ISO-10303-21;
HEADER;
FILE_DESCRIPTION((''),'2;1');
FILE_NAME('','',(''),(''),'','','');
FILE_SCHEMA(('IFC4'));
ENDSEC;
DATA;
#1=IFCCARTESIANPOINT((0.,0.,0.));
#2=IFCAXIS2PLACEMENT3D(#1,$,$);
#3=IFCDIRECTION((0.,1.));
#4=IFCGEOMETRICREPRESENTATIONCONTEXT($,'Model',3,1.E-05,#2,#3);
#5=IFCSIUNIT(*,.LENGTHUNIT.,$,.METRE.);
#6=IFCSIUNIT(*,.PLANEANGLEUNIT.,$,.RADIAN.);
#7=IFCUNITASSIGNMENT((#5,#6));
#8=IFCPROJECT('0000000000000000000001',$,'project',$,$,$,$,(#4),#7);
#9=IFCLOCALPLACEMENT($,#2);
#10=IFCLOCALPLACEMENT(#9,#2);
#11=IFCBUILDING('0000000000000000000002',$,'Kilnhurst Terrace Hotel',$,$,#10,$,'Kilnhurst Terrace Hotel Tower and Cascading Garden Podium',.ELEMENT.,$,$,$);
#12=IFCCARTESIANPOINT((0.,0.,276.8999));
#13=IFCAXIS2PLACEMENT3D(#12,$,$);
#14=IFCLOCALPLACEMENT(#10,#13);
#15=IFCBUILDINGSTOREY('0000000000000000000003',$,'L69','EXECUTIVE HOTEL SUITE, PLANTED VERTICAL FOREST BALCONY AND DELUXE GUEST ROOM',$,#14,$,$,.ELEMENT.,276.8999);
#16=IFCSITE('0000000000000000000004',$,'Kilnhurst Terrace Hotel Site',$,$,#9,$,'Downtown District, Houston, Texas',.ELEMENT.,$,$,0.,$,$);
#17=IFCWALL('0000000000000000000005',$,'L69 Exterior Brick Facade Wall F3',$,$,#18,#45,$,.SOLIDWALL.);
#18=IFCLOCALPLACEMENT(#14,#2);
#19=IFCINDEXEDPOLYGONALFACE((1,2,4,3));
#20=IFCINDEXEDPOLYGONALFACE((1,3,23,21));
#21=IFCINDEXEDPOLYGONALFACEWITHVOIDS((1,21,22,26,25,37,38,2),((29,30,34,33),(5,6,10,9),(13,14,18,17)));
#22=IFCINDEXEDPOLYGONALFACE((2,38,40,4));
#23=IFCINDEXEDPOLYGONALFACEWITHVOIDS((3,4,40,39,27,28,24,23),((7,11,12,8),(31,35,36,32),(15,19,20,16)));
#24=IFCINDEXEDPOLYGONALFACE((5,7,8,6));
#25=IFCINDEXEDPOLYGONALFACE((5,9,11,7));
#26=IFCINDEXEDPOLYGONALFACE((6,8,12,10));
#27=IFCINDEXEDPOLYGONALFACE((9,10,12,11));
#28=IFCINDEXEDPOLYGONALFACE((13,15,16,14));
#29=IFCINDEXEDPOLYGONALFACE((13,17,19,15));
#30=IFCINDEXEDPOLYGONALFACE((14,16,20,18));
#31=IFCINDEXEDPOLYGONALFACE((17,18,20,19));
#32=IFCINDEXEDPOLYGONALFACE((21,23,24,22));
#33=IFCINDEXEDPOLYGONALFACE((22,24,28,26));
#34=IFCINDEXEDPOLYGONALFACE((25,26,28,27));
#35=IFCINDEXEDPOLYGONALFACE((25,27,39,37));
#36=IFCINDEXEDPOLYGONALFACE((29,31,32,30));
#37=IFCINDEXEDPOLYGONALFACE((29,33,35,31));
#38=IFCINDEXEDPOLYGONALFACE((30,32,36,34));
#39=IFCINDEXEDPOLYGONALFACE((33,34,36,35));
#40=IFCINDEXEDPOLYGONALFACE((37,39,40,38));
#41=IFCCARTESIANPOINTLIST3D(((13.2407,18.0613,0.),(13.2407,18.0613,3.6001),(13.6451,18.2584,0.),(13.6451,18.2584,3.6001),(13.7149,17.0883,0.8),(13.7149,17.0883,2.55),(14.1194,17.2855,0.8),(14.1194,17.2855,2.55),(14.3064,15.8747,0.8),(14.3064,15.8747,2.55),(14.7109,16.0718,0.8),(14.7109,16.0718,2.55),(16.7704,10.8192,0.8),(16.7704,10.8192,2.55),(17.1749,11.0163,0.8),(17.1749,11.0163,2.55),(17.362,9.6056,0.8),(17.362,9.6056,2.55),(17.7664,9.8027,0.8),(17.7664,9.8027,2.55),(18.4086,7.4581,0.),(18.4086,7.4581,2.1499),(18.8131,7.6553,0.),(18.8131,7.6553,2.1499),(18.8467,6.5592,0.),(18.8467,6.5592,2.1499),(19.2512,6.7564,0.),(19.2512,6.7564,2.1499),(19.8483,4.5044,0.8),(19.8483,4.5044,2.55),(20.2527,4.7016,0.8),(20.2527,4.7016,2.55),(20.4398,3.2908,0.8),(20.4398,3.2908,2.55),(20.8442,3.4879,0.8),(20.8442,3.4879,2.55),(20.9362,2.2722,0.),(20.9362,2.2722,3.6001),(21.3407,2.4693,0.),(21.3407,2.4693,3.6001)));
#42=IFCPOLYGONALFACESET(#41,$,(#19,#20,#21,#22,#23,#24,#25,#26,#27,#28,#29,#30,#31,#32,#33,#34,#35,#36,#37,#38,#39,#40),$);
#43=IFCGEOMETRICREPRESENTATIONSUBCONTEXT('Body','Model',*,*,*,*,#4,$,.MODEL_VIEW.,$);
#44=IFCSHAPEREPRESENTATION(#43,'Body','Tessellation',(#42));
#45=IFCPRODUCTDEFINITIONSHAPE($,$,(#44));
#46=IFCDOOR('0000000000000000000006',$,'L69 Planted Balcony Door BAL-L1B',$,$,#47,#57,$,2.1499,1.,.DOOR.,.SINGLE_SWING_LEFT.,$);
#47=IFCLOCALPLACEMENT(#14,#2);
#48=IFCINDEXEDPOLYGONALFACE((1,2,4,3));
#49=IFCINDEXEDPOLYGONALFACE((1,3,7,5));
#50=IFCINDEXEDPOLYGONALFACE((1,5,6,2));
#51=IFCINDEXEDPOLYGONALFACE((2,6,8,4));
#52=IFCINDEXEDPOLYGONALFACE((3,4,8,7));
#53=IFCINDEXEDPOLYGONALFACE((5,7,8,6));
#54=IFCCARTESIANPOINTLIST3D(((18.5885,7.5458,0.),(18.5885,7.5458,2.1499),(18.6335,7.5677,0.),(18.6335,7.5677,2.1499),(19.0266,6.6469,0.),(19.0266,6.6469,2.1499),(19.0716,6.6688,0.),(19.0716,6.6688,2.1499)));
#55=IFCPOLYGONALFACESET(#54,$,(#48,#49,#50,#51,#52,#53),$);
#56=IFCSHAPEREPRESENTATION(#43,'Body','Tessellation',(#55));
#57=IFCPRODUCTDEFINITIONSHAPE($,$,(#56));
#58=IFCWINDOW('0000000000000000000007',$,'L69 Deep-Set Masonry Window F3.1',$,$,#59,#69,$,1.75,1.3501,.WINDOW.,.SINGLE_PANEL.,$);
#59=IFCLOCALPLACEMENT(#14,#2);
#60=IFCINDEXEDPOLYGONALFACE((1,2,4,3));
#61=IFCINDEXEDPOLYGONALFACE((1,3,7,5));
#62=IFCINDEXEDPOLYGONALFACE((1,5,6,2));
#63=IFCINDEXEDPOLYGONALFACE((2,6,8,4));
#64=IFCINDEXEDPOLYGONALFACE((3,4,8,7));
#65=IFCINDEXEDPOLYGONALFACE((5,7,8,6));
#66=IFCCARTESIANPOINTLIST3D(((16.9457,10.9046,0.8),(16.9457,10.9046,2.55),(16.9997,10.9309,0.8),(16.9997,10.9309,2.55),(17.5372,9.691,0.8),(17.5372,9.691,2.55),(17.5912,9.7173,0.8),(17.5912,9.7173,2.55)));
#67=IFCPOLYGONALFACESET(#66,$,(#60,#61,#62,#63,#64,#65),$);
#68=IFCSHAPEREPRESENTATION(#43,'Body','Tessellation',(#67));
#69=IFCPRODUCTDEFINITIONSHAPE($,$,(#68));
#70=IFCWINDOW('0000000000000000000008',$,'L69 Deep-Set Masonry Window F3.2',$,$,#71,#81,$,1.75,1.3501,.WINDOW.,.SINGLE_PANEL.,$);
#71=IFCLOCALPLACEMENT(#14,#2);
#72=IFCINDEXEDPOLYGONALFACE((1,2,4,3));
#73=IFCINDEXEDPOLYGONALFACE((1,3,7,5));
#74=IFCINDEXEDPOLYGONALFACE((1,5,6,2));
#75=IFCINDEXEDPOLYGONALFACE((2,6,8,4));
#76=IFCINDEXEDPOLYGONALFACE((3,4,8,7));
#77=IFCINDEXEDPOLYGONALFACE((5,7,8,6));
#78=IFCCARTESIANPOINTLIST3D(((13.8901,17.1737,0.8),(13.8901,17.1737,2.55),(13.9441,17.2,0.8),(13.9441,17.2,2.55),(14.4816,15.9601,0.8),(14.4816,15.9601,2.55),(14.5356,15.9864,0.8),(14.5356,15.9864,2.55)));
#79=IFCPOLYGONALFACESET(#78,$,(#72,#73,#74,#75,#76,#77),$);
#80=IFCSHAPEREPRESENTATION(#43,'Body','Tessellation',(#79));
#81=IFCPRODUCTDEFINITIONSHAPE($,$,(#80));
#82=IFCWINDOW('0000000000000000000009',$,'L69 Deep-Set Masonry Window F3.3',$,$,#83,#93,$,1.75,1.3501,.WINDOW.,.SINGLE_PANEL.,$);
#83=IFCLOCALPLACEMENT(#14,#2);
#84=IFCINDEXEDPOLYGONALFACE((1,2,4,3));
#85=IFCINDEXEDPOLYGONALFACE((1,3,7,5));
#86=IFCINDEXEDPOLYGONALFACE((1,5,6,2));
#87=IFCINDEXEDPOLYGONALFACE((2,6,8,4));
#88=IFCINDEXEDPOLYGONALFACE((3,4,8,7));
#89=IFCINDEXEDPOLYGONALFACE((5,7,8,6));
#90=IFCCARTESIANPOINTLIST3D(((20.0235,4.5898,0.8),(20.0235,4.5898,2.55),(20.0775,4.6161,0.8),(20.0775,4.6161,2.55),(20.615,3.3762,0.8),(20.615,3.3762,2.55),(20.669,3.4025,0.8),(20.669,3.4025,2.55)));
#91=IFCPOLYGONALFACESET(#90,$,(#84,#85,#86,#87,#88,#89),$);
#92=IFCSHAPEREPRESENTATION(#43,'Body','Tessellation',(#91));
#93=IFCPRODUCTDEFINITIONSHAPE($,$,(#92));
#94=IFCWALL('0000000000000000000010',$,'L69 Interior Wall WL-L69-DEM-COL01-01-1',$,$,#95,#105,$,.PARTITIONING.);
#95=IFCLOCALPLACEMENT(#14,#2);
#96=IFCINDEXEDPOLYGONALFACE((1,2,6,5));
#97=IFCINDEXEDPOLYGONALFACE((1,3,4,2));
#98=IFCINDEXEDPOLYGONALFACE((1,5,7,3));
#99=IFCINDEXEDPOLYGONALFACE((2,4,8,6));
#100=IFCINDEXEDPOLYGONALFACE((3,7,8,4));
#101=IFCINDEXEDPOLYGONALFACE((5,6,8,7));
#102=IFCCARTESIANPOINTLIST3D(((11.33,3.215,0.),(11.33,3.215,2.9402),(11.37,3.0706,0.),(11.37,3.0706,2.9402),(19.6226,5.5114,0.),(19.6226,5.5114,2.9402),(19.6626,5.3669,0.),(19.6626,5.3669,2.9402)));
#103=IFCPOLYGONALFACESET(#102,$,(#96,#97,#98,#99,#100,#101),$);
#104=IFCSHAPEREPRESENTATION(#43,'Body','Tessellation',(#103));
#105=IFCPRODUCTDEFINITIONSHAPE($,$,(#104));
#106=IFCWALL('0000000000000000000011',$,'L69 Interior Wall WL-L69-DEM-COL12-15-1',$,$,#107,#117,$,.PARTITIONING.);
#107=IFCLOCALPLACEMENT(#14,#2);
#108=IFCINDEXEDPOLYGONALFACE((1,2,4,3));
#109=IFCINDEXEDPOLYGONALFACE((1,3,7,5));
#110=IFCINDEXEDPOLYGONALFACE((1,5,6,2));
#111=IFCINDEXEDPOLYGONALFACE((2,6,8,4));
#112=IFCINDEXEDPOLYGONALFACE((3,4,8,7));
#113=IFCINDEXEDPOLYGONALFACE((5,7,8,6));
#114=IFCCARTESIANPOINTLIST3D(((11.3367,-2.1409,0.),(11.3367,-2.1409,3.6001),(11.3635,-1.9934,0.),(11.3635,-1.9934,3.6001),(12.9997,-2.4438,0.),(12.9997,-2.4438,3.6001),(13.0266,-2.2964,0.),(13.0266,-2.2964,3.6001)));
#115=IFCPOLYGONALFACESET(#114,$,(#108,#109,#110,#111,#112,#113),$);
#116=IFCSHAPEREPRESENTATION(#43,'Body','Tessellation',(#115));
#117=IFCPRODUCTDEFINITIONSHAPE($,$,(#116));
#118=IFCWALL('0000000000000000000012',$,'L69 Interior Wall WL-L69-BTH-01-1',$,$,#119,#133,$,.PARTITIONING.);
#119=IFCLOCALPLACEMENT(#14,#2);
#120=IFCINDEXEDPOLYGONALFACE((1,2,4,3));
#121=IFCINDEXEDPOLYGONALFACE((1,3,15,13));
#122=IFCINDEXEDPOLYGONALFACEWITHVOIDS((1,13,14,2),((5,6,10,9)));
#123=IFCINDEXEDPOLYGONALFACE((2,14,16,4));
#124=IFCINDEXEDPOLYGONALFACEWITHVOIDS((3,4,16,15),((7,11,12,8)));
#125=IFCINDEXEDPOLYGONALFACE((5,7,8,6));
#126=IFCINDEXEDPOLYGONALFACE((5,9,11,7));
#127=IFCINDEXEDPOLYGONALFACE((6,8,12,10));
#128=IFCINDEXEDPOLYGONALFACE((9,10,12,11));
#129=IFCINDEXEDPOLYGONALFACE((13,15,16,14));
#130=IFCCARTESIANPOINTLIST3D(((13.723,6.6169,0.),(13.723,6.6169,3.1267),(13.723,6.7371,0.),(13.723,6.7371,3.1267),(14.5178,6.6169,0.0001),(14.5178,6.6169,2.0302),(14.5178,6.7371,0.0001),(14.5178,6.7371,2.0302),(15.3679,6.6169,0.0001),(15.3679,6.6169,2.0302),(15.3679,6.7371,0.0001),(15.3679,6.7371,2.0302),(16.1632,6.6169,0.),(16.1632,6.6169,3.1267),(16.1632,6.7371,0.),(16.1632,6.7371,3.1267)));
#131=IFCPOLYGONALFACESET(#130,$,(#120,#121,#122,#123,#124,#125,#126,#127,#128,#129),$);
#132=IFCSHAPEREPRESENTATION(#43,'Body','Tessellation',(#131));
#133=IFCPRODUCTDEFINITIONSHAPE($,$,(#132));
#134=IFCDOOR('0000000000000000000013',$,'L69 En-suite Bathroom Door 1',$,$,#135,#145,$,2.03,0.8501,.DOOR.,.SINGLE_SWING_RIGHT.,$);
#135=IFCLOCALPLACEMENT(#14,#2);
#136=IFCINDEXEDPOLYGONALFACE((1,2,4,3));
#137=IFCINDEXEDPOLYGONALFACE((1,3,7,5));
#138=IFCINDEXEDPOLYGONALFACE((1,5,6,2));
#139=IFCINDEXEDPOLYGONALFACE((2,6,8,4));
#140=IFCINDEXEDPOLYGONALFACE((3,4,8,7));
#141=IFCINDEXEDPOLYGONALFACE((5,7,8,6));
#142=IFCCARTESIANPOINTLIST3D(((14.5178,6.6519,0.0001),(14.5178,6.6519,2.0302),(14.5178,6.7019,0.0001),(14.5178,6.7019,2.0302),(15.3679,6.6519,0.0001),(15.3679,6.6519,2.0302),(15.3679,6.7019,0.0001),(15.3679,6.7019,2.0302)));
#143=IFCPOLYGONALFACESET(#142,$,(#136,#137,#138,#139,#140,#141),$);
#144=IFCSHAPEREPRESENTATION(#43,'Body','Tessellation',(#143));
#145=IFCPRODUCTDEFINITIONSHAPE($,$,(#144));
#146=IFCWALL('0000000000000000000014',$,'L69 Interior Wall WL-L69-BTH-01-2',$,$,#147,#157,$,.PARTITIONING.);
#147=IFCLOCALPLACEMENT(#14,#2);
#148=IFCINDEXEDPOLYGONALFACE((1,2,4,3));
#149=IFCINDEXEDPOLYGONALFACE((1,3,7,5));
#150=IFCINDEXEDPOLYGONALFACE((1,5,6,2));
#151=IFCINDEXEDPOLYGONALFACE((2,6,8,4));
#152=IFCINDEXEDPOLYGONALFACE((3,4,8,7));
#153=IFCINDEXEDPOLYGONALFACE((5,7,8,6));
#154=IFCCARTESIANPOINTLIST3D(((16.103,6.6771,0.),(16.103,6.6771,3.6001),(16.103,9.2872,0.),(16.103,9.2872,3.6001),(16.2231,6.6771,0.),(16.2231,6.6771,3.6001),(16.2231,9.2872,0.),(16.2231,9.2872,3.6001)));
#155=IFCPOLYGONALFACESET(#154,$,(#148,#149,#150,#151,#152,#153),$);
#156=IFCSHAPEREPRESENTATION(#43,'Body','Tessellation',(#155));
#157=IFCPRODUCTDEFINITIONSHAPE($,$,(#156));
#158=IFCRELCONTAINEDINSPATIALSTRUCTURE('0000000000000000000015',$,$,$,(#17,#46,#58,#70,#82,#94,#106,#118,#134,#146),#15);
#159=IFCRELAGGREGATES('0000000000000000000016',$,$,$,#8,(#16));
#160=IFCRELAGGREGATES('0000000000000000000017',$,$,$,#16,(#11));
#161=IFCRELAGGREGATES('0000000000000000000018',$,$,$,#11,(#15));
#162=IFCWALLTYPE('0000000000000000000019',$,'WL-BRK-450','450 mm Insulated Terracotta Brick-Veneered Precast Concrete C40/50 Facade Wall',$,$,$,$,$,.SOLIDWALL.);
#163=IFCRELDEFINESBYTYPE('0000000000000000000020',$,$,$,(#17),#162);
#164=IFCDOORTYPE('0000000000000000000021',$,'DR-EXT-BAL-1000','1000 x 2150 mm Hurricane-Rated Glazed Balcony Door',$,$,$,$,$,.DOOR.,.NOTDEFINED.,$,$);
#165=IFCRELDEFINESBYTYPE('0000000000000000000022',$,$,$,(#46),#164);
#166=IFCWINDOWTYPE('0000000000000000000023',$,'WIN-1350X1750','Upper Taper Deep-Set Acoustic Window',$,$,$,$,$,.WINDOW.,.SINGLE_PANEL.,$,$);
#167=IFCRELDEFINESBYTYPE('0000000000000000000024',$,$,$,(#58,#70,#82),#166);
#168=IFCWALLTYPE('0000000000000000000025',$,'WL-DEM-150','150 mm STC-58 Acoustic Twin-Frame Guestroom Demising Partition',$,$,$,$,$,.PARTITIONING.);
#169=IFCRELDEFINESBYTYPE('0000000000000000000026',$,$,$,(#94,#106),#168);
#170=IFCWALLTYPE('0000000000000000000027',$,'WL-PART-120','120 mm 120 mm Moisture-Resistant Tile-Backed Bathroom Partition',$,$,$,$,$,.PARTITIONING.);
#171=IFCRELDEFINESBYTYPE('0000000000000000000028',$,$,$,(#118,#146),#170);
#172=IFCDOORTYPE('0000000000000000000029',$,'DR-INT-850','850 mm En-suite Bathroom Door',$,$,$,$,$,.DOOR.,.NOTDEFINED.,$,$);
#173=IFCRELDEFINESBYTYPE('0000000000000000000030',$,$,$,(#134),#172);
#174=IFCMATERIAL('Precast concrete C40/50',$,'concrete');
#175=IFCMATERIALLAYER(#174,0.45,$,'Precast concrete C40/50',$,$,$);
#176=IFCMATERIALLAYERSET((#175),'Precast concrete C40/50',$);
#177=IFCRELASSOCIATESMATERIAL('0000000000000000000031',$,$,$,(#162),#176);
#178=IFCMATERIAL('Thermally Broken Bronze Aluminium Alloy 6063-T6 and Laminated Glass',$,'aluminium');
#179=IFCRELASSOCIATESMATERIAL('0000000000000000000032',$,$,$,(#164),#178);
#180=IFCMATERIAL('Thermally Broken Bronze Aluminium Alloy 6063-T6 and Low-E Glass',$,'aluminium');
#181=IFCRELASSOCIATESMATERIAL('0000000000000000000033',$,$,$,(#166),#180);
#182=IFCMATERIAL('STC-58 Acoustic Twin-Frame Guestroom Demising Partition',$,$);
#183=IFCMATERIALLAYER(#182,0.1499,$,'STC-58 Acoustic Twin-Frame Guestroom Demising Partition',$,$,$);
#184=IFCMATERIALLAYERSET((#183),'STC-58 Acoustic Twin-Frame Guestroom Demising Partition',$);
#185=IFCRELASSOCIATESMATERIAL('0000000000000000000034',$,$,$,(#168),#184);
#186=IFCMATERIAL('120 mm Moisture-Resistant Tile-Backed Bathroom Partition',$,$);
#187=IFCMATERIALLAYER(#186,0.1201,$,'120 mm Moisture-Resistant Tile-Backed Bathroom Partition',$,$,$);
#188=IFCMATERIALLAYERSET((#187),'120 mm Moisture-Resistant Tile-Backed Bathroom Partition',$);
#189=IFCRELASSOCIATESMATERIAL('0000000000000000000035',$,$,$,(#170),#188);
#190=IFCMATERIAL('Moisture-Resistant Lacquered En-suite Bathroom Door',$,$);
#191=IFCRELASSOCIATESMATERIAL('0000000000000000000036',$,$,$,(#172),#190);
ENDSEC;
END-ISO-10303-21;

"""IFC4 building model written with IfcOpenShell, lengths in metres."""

from ifc_helpers import new_model, si_unit, direction, frame, frame_2d, origin, place, context, subcontext, project, spatial, rectangle, extrude, material, layer, layer_set, type_object, element, fill, save


model = new_model("IFC4")

# Units and contexts
model_context = context("Model", 3, precision=1e-05, world=origin(), true_north=direction((0.0, 1.0)))
body_context = subcontext(model_context, "Body", "Model", "MODEL_VIEW")
ifc_project = project(units=[si_unit("LENGTHUNIT", "METRE"), si_unit("PLANEANGLEUNIT", "RADIAN")], contexts=[model_context])

# Site, building, storey
site_placement = place(None, origin())
site = spatial("IfcSite", under=ifc_project, at=site_placement, Name="Kilnhurst Terrace Hotel Site", LongName="Downtown District, Houston, Texas", CompositionType="ELEMENT", RefElevation=0.0)
building_placement = place(site_placement, origin())
building = spatial("IfcBuilding", under=site, at=building_placement, Name="Kilnhurst Terrace Hotel", LongName="Kilnhurst Terrace Hotel Tower and Cascading Garden Podium", CompositionType="ELEMENT")
storey_placement = place(building_placement, frame((0.0, 0.0, 276.8999)))
storey = spatial("IfcBuildingStorey", under=building, at=storey_placement, Name="L69", Description="EXECUTIVE HOTEL SUITE, PLANTED VERTICAL FOREST BALCONY AND DELUXE GUEST ROOM", CompositionType="ELEMENT", Elevation=276.8999)

# Shared definitions
ifc_material_1 = material(Name="Precast concrete C40/50", Category="concrete")
ifc_layer_1 = layer(ifc_material_1, 0.45, Name="Precast concrete C40/50")
ifc_layer_set_1 = layer_set([ifc_layer_1], Name="Precast concrete C40/50")
wall_type_1 = type_object("IfcWallType", Name="WL-BRK-450", Description="450 mm Insulated Terracotta Brick-Veneered Precast Concrete C40/50 Facade Wall", PredefinedType="SOLIDWALL", material=ifc_layer_set_1)

# Wall, openings, door, windows
wall_1_placement = place(storey_placement, frame((21.1384, 2.3708, 0.0), z_axis=(0.0, 0.0, 1.0), x_axis=(-0.438128, 0.898913, 0.0)))
wall_1 = element("IfcWall", 1, at=wall_1_placement, inside=storey, type_object=wall_type_1, Name="L69 Exterior Brick Facade Wall F3", PredefinedType="SOLIDWALL", context=body_context, shape_type="SweptSolid", body=[
    extrude(rectangle(XDim=17.5647, YDim=0.45, at=frame_2d((8.7822, 0.0))), origin(), (0.0, 0.0, 1.0), 3.6001),
])
opening_1_placement = place(wall_1_placement, frame((4.769, 0.0, 0.0)))
opening_1 = element("IfcOpeningElement", 2, at=opening_1_placement, cuts=wall_1, PredefinedType="OPENING", context=body_context, shape_type="SweptSolid", body=[
    extrude(rectangle(XDim=1.0, YDim=2.1499, at=frame_2d((0.5, 1.075))), frame((0.0, 0.2349, 0.0), z_axis=(0.0, -1.0, 0.0), x_axis=(1.0, 0.0, 0.0)), (0.0, 0.0, 1.0), 0.47),
])
opening_2_placement = place(wall_1_placement, frame((8.158, 0.0, 0.8)))
opening_2 = element("IfcOpeningElement", 3, at=opening_2_placement, cuts=wall_1, PredefinedType="OPENING", context=body_context, shape_type="SweptSolid", body=[
    extrude(rectangle(XDim=1.3501, YDim=1.75, at=frame_2d((0.675, 0.875))), frame((0.0, 0.2349, 0.0), z_axis=(0.0, -1.0, 0.0), x_axis=(1.0, 0.0, 0.0)), (0.0, 0.0, 1.0), 0.47),
])
opening_3_placement = place(wall_1_placement, frame((15.1321, 0.0, 0.8)))
opening_3 = element("IfcOpeningElement", 4, at=opening_3_placement, cuts=wall_1, PredefinedType="OPENING", context=body_context, shape_type="SweptSolid", body=[
    extrude(rectangle(XDim=1.3501, YDim=1.75, at=frame_2d((0.675, 0.875))), frame((0.0, 0.2349, 0.0), z_axis=(0.0, -1.0, 0.0), x_axis=(1.0, 0.0, 0.0)), (0.0, 0.0, 1.0), 0.47),
])
opening_4_placement = place(wall_1_placement, frame((1.1331, 0.0, 0.8)))
opening_4 = element("IfcOpeningElement", 5, at=opening_4_placement, cuts=wall_1, PredefinedType="OPENING", context=body_context, shape_type="SweptSolid", body=[
    extrude(rectangle(XDim=1.3501, YDim=1.75, at=frame_2d((0.675, 0.875))), frame((0.0, 0.2349, 0.0), z_axis=(0.0, -1.0, 0.0), x_axis=(1.0, 0.0, 0.0)), (0.0, 0.0, 1.0), 0.47),
])
ifc_material_2 = material(Name="Thermally Broken Bronze Aluminium Alloy 6063-T6 and Laminated Glass", Category="aluminium")
door_type_1 = type_object("IfcDoorType", Name="DR-EXT-BAL-1000", Description="1000 x 2150 mm Hurricane-Rated Glazed Balcony Door", OperationType="NOTDEFINED", PredefinedType="DOOR", material=ifc_material_2)
door_1_placement = place(opening_1_placement, origin())
door_1 = element("IfcDoor", 6, at=door_1_placement, inside=storey, type_object=door_type_1, Name="L69 Planted Balcony Door BAL-L1B", OperationType="SINGLE_SWING_LEFT", OverallHeight=2.1499, OverallWidth=1.0, PredefinedType="DOOR", context=body_context, shape_type="SweptSolid", body=[
    extrude(rectangle(XDim=1.0, YDim=2.1499, at=frame_2d((0.5, 1.075))), frame((0.0, 0.0249, 0.0), z_axis=(0.0, -1.0, 0.0), x_axis=(1.0, 0.0, 0.0)), (0.0, 0.0, 1.0), 0.05),
])
fill(opening_1, door_1)
ifc_material_3 = material(Name="Thermally Broken Bronze Aluminium Alloy 6063-T6 and Low-E Glass", Category="aluminium")
window_type = type_object("IfcWindowType", Name="WIN-1350X1750", Description="Upper Taper Deep-Set Acoustic Window", PartitioningType="SINGLE_PANEL", PredefinedType="WINDOW", material=ifc_material_3)
window_1_placement = place(opening_2_placement, origin())
window_1 = element("IfcWindow", 7, at=window_1_placement, inside=storey, type_object=window_type, Name="L69 Deep-Set Masonry Window F3.1", OverallHeight=1.75, OverallWidth=1.3501, PartitioningType="SINGLE_PANEL", PredefinedType="WINDOW", context=body_context, shape_type="SweptSolid", body=[
    extrude(rectangle(XDim=1.3501, YDim=1.75, at=frame_2d((0.675, 0.875))), frame((0.0, 0.03, 0.0), z_axis=(0.0, -1.0, 0.0), x_axis=(1.0, 0.0, 0.0)), (0.0, 0.0, 1.0), 0.0601),
])
fill(opening_2, window_1)
window_2_placement = place(opening_3_placement, origin())
window_2 = element("IfcWindow", 8, at=window_2_placement, inside=storey, type_object=window_type, Name="L69 Deep-Set Masonry Window F3.2", OverallHeight=1.75, OverallWidth=1.3501, PartitioningType="SINGLE_PANEL", PredefinedType="WINDOW", context=body_context, shape_type="SweptSolid", body=[
    extrude(rectangle(XDim=1.3501, YDim=1.75, at=frame_2d((0.675, 0.875))), frame((0.0, 0.03, 0.0), z_axis=(0.0, -1.0, 0.0), x_axis=(1.0, 0.0, 0.0)), (0.0, 0.0, 1.0), 0.0601),
])
fill(opening_3, window_2)
window_3_placement = place(opening_4_placement, origin())
window_3 = element("IfcWindow", 9, at=window_3_placement, inside=storey, type_object=window_type, Name="L69 Deep-Set Masonry Window F3.3", OverallHeight=1.75, OverallWidth=1.3501, PartitioningType="SINGLE_PANEL", PredefinedType="WINDOW", context=body_context, shape_type="SweptSolid", body=[
    extrude(rectangle(XDim=1.3501, YDim=1.75, at=frame_2d((0.675, 0.875))), frame((0.0, 0.03, 0.0), z_axis=(0.0, -1.0, 0.0), x_axis=(1.0, 0.0, 0.0)), (0.0, 0.0, 1.0), 0.0601),
])
fill(opening_4, window_3)

# Walls
ifc_material_4 = material(Name="STC-58 Acoustic Twin-Frame Guestroom Demising Partition")
ifc_layer_2 = layer(ifc_material_4, 0.1499, Name="STC-58 Acoustic Twin-Frame Guestroom Demising Partition")
ifc_layer_set_2 = layer_set([ifc_layer_2], Name="STC-58 Acoustic Twin-Frame Guestroom Demising Partition")
wall_type_2 = type_object("IfcWallType", Name="WL-DEM-150", Description="150 mm STC-58 Acoustic Twin-Frame Guestroom Demising Partition", PredefinedType="PARTITIONING", material=ifc_layer_set_2)
wall_2_placement = place(storey_placement, frame((11.3501, 3.1428, 0.0), z_axis=(0.0, 0.0, 1.0), x_axis=(0.963732, 0.266873, 0.0)))
element("IfcWall", 10, at=wall_2_placement, inside=storey, type_object=wall_type_2, Name="L69 Interior Wall WL-L69-DEM-COL01-01-1", PredefinedType="PARTITIONING", context=body_context, shape_type="SweptSolid", body=[
    extrude(rectangle(XDim=8.6047, YDim=0.1499, at=frame_2d((4.3022, 0.0))), origin(), (0.0, 0.0, 1.0), 2.9402),
])
wall_3_placement = place(storey_placement, frame((11.3501, -2.0671, 0.0), z_axis=(0.0, 0.0, 1.0), x_axis=(0.983807, -0.179229, 0.0)))
element("IfcWall", 11, at=wall_3_placement, inside=storey, type_object=wall_type_2, Name="L69 Interior Wall WL-L69-DEM-COL12-15-1", PredefinedType="PARTITIONING", context=body_context, shape_type="SweptSolid", body=[
    extrude(rectangle(XDim=1.6904, YDim=0.1499, at=frame_2d((0.8452, 0.0))), origin(), (0.0, 0.0, 1.0), 3.6001),
])

# Wall, opening, door
ifc_material_5 = material(Name="120 mm Moisture-Resistant Tile-Backed Bathroom Partition")
ifc_layer_3 = layer(ifc_material_5, 0.1201, Name="120 mm Moisture-Resistant Tile-Backed Bathroom Partition")
ifc_layer_set_3 = layer_set([ifc_layer_3], Name="120 mm Moisture-Resistant Tile-Backed Bathroom Partition")
wall_type_3 = type_object("IfcWallType", Name="WL-PART-120", Description="120 mm 120 mm Moisture-Resistant Tile-Backed Bathroom Partition", PredefinedType="PARTITIONING", material=ifc_layer_set_3)
wall_4_placement = place(storey_placement, frame((13.7229, 6.677, 0.0), z_axis=(0.0, 0.0, 1.0), x_axis=(1.0, 0.0, 0.0)))
wall_4 = element("IfcWall", 12, at=wall_4_placement, inside=storey, type_object=wall_type_3, Name="L69 Interior Wall WL-L69-BTH-01-1", PredefinedType="PARTITIONING", context=body_context, shape_type="SweptSolid", body=[
    extrude(rectangle(XDim=2.4402, YDim=0.1201, at=frame_2d((1.2202, 0.0))), origin(), (0.0, 0.0, 1.0), 3.1267),
])
opening_5_placement = place(wall_4_placement, frame((0.7949, 0.0, 0.0)))
opening_5 = element("IfcOpeningElement", 13, at=opening_5_placement, cuts=wall_4, PredefinedType="OPENING", context=body_context, shape_type="SweptSolid", body=[
    extrude(rectangle(XDim=0.8501, YDim=2.03, at=frame_2d((0.425, 1.0151))), frame((0.0, 0.0701, 0.0), z_axis=(0.0, -1.0, 0.0), x_axis=(1.0, 0.0, 0.0)), (0.0, 0.0, 1.0), 0.1401),
])
ifc_material_6 = material(Name="Moisture-Resistant Lacquered En-suite Bathroom Door")
door_type_2 = type_object("IfcDoorType", Name="DR-INT-850", Description="850 mm En-suite Bathroom Door", OperationType="NOTDEFINED", PredefinedType="DOOR", material=ifc_material_6)
door_2_placement = place(opening_5_placement, origin())
door_2 = element("IfcDoor", 14, at=door_2_placement, inside=storey, type_object=door_type_2, Name="L69 En-suite Bathroom Door 1", OperationType="SINGLE_SWING_RIGHT", OverallHeight=2.03, OverallWidth=0.8501, PredefinedType="DOOR", context=body_context, shape_type="SweptSolid", body=[
    extrude(rectangle(XDim=0.8501, YDim=2.03, at=frame_2d((0.425, 1.0151))), frame((0.0, 0.0249, 0.0), z_axis=(0.0, -1.0, 0.0), x_axis=(1.0, 0.0, 0.0)), (0.0, 0.0, 1.0), 0.05),
])
fill(opening_5, door_2)

# Wall
wall_5_placement = place(storey_placement, frame((16.1631, 6.677, 0.0), z_axis=(0.0, 0.0, 1.0), x_axis=(0.0, 1.0, 0.0)))
element("IfcWall", 15, at=wall_5_placement, inside=storey, type_object=wall_type_3, Name="L69 Interior Wall WL-L69-BTH-01-2", PredefinedType="PARTITIONING", context=body_context, shape_type="SweptSolid", body=[
    extrude(rectangle(XDim=2.6101, YDim=0.1201, at=frame_2d((1.3052, 0.0))), origin(), (0.0, 0.0, 1.0), 3.6001),
])

save(model, "model.ifc")
